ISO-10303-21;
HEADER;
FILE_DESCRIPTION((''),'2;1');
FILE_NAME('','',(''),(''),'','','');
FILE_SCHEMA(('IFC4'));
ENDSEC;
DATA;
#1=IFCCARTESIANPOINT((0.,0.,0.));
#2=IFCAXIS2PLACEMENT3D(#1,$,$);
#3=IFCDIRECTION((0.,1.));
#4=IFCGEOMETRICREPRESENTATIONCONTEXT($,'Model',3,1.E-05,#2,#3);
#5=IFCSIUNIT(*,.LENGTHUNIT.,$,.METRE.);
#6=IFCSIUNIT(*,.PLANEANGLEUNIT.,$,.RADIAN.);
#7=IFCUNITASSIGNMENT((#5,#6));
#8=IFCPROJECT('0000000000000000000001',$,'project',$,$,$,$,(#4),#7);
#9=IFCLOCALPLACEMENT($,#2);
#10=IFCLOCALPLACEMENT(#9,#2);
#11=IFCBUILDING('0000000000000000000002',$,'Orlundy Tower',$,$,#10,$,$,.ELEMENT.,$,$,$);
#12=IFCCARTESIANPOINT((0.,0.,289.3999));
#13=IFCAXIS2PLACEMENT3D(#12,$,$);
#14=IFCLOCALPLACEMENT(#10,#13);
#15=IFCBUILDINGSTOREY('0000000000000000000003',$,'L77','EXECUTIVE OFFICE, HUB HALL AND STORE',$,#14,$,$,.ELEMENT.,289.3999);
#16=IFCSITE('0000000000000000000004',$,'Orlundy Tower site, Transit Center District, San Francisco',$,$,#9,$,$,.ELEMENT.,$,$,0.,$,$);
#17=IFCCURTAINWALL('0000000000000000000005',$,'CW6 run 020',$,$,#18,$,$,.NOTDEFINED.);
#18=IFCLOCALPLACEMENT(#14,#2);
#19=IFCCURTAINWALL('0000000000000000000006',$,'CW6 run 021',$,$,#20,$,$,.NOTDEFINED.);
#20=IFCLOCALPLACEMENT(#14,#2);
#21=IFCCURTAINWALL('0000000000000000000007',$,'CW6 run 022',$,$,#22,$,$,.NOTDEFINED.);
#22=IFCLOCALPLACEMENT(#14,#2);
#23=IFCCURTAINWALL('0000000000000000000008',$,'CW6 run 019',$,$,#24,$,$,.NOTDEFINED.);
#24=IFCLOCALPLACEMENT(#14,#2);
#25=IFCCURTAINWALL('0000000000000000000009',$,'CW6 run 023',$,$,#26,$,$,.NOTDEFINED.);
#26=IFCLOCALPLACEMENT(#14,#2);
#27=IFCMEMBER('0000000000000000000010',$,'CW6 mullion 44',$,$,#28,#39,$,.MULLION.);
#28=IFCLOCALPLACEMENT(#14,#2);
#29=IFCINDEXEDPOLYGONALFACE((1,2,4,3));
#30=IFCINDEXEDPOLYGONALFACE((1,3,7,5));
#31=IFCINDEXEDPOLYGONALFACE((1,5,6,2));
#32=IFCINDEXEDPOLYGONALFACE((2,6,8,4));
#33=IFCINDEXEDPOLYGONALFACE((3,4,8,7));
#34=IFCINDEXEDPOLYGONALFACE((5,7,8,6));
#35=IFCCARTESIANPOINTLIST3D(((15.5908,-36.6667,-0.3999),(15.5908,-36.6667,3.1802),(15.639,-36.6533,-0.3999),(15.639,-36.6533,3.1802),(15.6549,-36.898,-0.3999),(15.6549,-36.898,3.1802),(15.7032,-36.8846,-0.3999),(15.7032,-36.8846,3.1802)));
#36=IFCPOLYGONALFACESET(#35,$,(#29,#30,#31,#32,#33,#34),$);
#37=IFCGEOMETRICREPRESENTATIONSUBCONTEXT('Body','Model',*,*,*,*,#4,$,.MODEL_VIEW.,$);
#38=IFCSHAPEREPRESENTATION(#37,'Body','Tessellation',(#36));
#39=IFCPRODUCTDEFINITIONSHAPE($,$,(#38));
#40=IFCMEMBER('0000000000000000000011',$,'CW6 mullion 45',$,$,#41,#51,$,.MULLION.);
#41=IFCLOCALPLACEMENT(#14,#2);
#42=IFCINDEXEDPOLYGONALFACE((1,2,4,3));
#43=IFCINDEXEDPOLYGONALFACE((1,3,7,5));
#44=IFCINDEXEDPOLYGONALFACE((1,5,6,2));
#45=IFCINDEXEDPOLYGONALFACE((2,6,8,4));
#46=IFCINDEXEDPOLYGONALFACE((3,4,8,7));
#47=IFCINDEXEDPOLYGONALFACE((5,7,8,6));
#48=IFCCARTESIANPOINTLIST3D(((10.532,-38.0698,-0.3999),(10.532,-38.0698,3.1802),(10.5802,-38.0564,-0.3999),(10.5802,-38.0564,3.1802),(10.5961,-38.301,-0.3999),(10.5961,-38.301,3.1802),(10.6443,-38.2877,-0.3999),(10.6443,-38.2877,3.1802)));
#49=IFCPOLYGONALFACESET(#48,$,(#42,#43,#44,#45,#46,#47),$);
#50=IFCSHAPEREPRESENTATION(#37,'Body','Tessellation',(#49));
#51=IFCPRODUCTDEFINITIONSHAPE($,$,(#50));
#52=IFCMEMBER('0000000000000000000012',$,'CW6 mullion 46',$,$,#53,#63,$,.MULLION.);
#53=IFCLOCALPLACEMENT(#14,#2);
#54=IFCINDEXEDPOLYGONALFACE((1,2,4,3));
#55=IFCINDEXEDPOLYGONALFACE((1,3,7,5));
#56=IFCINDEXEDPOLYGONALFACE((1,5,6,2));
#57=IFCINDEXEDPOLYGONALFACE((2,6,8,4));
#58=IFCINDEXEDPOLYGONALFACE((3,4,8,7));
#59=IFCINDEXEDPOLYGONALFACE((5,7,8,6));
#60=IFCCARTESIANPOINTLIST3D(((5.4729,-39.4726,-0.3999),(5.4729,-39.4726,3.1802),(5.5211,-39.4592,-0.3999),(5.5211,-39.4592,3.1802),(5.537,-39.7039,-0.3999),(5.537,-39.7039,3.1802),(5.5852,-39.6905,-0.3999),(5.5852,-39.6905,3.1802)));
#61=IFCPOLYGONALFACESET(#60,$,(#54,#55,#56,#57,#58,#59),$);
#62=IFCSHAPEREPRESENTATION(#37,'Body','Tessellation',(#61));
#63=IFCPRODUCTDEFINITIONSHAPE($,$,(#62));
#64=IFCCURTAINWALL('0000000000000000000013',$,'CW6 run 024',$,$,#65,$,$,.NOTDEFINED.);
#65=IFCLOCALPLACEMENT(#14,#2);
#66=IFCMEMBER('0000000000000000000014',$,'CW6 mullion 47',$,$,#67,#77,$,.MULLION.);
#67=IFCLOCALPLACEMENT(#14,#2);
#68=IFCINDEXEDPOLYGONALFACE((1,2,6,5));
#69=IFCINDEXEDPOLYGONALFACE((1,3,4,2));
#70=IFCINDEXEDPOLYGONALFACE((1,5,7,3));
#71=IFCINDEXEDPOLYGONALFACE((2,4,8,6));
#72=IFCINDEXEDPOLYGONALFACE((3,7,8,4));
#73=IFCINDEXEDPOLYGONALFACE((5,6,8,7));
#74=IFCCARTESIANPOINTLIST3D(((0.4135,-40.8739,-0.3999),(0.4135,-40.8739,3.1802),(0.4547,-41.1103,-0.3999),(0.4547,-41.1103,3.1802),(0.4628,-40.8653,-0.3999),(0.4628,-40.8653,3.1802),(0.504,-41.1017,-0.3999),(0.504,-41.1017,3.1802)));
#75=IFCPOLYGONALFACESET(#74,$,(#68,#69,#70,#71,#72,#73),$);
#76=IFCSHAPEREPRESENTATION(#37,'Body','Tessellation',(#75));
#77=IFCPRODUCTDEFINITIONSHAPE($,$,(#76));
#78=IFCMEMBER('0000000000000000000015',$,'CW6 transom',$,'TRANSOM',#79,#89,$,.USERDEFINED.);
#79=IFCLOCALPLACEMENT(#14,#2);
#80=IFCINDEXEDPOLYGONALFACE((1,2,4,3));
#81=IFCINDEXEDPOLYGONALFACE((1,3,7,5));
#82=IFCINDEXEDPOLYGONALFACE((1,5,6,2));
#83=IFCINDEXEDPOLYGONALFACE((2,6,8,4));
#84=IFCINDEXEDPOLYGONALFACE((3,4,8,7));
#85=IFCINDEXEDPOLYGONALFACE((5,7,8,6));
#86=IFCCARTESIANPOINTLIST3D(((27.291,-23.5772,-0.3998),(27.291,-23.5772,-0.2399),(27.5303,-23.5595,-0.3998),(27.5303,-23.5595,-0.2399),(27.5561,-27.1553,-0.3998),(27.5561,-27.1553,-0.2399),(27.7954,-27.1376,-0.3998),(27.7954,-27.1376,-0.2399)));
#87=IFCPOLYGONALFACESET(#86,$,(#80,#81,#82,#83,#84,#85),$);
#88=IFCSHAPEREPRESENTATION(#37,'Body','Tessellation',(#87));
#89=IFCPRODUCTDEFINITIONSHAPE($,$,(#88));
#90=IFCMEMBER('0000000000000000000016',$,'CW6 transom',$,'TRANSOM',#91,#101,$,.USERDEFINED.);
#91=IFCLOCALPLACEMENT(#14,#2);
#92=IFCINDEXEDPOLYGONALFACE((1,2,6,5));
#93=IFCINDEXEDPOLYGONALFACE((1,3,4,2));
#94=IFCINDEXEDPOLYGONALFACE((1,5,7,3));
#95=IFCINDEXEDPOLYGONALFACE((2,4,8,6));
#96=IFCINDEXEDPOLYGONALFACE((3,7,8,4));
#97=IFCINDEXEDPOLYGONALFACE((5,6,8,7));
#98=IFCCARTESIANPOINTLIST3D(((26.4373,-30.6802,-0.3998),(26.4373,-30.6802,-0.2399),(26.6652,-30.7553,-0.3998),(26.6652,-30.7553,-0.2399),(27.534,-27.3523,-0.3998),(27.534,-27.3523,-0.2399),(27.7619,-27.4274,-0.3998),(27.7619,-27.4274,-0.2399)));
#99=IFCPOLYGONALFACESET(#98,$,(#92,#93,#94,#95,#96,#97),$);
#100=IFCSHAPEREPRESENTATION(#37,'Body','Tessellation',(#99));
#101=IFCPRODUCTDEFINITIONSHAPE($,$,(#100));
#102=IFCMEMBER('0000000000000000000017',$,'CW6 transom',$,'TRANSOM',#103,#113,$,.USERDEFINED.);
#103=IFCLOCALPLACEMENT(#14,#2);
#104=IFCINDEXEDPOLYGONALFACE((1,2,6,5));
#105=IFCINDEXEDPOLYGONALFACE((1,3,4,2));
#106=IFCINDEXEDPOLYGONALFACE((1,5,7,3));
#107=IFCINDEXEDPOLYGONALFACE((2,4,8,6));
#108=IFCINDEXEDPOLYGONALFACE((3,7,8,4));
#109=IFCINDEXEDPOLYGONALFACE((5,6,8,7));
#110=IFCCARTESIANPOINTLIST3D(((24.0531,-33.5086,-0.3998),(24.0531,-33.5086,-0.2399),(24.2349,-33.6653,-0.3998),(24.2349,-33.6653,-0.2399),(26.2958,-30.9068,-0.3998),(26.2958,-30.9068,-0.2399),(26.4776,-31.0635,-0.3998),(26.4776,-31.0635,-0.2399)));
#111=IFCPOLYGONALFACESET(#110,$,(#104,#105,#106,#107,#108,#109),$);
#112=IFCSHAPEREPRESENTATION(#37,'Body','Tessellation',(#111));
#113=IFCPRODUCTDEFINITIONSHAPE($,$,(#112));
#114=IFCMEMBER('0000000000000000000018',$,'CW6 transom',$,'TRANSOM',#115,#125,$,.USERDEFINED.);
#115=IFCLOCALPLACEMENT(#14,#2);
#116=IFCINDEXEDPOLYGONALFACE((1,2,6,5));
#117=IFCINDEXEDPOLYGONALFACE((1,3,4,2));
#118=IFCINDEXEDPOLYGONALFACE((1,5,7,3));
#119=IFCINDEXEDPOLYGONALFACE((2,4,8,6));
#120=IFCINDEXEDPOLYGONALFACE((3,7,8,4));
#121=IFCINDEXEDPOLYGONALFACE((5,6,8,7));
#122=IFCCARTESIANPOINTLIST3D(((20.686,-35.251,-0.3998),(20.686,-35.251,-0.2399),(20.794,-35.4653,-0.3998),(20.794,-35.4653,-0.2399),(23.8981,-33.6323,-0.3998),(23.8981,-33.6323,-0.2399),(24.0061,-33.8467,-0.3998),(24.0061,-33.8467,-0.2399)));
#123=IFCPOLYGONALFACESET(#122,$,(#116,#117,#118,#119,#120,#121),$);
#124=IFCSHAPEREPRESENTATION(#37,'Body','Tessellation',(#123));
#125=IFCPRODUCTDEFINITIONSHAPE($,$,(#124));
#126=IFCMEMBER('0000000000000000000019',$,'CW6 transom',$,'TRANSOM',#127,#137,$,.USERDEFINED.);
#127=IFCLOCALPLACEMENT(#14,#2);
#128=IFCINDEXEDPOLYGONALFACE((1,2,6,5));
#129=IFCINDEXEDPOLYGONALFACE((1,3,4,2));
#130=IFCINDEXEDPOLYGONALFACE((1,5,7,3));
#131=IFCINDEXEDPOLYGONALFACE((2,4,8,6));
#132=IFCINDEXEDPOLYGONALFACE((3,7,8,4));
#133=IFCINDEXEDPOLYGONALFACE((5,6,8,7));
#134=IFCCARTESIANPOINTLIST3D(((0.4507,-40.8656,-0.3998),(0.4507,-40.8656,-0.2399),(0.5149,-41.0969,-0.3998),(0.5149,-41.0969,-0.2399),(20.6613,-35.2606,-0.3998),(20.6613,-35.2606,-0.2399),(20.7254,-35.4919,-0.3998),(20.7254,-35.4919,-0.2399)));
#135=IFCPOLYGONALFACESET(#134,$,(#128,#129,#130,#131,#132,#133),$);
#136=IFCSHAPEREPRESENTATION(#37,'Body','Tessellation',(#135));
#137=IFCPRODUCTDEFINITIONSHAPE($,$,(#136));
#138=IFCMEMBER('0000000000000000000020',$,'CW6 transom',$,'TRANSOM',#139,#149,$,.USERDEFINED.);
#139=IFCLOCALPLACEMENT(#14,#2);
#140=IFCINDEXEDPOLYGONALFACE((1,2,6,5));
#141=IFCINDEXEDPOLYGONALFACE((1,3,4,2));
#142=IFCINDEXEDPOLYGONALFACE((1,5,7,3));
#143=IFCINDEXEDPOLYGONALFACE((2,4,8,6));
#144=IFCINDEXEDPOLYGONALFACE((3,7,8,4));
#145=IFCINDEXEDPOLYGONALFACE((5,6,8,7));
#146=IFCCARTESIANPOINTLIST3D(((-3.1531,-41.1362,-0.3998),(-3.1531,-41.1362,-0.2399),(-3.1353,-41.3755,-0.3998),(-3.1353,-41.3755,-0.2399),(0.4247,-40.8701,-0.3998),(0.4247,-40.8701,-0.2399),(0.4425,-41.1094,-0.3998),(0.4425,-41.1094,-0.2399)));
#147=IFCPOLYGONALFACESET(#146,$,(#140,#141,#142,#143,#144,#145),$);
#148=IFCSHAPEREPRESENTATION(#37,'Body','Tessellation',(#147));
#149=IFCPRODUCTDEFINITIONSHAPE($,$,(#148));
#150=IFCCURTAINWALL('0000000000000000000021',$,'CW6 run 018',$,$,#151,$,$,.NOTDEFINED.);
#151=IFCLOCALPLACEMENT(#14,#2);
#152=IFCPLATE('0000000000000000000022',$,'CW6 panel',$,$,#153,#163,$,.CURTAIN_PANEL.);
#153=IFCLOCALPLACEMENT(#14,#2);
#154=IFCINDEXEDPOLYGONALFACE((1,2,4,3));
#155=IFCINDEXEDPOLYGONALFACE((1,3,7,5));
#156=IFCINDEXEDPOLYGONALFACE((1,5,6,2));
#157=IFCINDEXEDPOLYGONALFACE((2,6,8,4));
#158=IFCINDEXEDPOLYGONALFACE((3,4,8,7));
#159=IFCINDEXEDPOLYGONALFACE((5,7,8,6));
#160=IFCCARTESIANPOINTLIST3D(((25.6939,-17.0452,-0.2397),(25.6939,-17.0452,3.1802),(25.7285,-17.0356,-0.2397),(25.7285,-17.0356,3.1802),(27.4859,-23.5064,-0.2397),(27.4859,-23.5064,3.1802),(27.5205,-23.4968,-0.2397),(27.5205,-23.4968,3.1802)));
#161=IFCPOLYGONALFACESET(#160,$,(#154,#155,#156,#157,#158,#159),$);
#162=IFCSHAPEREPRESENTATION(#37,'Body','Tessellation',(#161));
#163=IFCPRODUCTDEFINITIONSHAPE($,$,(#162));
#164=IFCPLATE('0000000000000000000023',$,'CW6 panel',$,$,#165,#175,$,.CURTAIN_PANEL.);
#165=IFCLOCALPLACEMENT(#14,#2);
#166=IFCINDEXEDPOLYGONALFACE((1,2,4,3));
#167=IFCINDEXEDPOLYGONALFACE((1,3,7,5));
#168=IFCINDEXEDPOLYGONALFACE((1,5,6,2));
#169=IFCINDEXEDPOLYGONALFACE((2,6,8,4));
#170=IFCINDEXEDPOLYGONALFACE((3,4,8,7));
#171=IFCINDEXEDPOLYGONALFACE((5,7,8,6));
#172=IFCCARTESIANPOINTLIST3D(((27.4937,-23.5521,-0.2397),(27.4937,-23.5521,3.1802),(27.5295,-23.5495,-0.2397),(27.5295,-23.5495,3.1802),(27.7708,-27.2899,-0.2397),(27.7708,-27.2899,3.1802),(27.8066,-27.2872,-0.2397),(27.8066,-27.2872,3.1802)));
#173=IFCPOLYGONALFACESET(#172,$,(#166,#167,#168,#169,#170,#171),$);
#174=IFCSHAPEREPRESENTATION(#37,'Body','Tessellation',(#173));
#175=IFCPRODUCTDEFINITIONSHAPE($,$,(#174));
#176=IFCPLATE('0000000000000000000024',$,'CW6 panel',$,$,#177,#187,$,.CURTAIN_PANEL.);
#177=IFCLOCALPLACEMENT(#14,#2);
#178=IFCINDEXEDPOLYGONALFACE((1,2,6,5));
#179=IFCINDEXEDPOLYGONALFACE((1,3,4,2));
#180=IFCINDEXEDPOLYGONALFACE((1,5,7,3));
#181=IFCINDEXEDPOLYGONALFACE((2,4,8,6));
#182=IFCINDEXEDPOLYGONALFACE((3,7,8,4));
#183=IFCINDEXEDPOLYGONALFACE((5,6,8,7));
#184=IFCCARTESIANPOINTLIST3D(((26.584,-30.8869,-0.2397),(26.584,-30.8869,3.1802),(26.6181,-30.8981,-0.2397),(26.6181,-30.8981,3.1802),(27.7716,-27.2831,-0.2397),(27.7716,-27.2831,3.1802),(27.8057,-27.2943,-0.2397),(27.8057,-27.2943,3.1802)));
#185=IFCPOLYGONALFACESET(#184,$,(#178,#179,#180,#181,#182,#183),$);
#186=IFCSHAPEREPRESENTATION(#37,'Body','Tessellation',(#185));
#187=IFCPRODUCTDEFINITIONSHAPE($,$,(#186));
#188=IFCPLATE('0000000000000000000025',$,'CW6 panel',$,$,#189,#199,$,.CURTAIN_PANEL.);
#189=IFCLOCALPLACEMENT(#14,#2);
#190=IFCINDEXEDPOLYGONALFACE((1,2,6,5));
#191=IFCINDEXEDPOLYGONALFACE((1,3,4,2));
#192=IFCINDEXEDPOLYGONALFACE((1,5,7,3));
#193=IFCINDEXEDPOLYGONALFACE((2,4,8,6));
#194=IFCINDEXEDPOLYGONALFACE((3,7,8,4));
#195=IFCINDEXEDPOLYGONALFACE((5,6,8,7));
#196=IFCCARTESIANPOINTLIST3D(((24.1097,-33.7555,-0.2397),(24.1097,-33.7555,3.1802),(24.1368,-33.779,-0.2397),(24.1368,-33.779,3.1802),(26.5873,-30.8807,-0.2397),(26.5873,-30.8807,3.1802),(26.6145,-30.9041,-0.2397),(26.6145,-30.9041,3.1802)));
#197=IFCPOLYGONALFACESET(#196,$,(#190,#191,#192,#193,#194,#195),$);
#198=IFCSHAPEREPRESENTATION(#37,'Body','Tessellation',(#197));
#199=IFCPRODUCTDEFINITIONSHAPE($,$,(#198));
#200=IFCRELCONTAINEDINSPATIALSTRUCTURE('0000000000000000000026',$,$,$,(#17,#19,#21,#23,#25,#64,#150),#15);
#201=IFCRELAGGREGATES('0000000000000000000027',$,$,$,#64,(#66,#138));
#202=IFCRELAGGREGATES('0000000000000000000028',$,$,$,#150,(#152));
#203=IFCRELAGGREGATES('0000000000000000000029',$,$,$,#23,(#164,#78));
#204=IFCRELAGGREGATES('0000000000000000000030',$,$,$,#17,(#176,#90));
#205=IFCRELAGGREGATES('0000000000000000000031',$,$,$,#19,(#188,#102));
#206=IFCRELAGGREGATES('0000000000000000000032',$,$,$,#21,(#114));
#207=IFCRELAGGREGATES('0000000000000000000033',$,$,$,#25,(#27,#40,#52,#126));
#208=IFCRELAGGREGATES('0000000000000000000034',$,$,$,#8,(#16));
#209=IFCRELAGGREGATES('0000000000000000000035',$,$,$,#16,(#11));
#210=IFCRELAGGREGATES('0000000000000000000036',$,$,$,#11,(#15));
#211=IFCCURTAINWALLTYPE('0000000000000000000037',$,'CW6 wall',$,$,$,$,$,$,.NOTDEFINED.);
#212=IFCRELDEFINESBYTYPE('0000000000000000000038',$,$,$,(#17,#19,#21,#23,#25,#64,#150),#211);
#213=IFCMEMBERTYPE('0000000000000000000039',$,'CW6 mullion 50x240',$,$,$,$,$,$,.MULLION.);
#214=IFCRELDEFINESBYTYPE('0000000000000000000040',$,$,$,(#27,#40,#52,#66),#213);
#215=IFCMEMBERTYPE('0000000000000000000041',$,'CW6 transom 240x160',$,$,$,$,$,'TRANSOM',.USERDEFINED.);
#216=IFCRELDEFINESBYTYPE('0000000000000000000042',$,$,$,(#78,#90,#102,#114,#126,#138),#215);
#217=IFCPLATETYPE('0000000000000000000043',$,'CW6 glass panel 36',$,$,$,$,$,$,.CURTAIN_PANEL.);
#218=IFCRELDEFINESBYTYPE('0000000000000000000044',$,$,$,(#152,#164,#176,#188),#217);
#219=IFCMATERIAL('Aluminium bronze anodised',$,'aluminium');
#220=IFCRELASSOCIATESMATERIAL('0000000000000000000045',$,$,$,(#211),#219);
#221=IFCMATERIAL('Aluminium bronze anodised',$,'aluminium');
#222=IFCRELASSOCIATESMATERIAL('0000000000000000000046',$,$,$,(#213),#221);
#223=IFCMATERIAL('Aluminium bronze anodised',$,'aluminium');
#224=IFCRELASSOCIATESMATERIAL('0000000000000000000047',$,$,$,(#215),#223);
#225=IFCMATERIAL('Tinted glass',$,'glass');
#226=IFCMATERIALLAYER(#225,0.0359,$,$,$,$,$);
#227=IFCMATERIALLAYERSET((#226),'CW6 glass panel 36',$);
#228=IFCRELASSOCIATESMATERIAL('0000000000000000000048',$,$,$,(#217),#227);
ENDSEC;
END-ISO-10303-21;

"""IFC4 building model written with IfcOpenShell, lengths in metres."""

from ifc_helpers import new_model, si_unit, direction, frame, origin, origin_2d, place, context, subcontext, project, spatial, rectangle, extrude, material, layer, layer_set, material_profile, profile_set, type_object, element, aggregate, save


model = new_model("IFC4")

# Units and contexts
model_context = context("Model", 3, precision=1e-05, world=origin(), true_north=direction((0.0, 1.0)))
body_context = subcontext(model_context, "Body", "Model", "MODEL_VIEW")
ifc_project = project(units=[si_unit("LENGTHUNIT", "METRE"), si_unit("PLANEANGLEUNIT", "RADIAN")], contexts=[model_context])

# Site, building, storey
site_placement = place(None, origin())
site = spatial("IfcSite", under=ifc_project, at=site_placement, Name="Orlundy Tower site, Transit Center District, San Francisco", CompositionType="ELEMENT", RefElevation=0.0)
building_placement = place(site_placement, origin())
building = spatial("IfcBuilding", under=site, at=building_placement, Name="Orlundy Tower", CompositionType="ELEMENT")
storey_placement = place(building_placement, frame((0.0, 0.0, 289.3999)))
storey = spatial("IfcBuildingStorey", under=building, at=storey_placement, Name="L77", Description="EXECUTIVE OFFICE, HUB HALL AND STORE", CompositionType="ELEMENT", Elevation=289.3999)

# Curtain walls
ifc_material_1 = material(Name="Aluminium bronze anodised", Category="aluminium")
curtain_wall_type = type_object("IfcCurtainWallType", Name="CW6 wall", PredefinedType="NOTDEFINED", material=ifc_material_1)
curtain_wall_1_placement = place(storey_placement, origin())
curtain_wall_1 = element("IfcCurtainWall", 1, at=curtain_wall_1_placement, inside=storey, type_object=curtain_wall_type, Name="CW6 run 020", PredefinedType="NOTDEFINED")
curtain_wall_2_placement = place(storey_placement, origin())
curtain_wall_2 = element("IfcCurtainWall", 2, at=curtain_wall_2_placement, inside=storey, type_object=curtain_wall_type, Name="CW6 run 021", PredefinedType="NOTDEFINED")
curtain_wall_3_placement = place(storey_placement, origin())
curtain_wall_3 = element("IfcCurtainWall", 3, at=curtain_wall_3_placement, inside=storey, type_object=curtain_wall_type, Name="CW6 run 022", PredefinedType="NOTDEFINED")
curtain_wall_4_placement = place(storey_placement, origin())
curtain_wall_4 = element("IfcCurtainWall", 4, at=curtain_wall_4_placement, inside=storey, type_object=curtain_wall_type, Name="CW6 run 019", PredefinedType="NOTDEFINED")
ifc_material_2 = material(Name="Aluminium bronze anodised", Category="aluminium")
ifc_material_profile_1 = material_profile(ifc_material_2, rectangle(XDim=0.24, YDim=0.05, at=origin_2d()), Name="CW6 mullion 50x240")
ifc_profile_set_1 = profile_set([ifc_material_profile_1], Name="Aluminium bronze anodised")
member_type_1 = type_object("IfcMemberType", Name="CW6 mullion 50x240", PredefinedType="MULLION", material=ifc_profile_set_1)

# Curtain wall, members
curtain_wall_5_placement = place(storey_placement, origin())
curtain_wall_5 = element("IfcCurtainWall", 5, at=curtain_wall_5_placement, inside=storey, type_object=curtain_wall_type, Name="CW6 run 023", PredefinedType="NOTDEFINED")
member_1_placement = place(storey_placement, frame((15.647, -36.7756, -0.3999), z_axis=(0.0, 0.0, 1.0), x_axis=(0.267241, -0.96363, 0.0)))
member_1 = element("IfcMember", 6, at=member_1_placement, type_object=member_type_1, Name="CW6 mullion 44", PredefinedType="MULLION", context=body_context, shape_type="SweptSolid", body=[
    extrude(rectangle(XDim=0.24, YDim=0.05, at=origin_2d()), origin(), (0.0, 0.0, 1.0), 3.5801),
])
member_2_placement = place(storey_placement, frame((10.5881, -38.1787, -0.3999), z_axis=(0.0, 0.0, 1.0), x_axis=(0.267241, -0.96363, 0.0)))
member_2 = element("IfcMember", 7, at=member_2_placement, type_object=member_type_1, Name="CW6 mullion 45", PredefinedType="MULLION", context=body_context, shape_type="SweptSolid", body=[
    extrude(rectangle(XDim=0.24, YDim=0.05, at=origin_2d()), origin(), (0.0, 0.0, 1.0), 3.5801),
])
member_3_placement = place(storey_placement, frame((5.5291, -39.5815, -0.3999), z_axis=(0.0, 0.0, 1.0), x_axis=(0.267241, -0.96363, 0.0)))
member_3 = element("IfcMember", 8, at=member_3_placement, type_object=member_type_1, Name="CW6 mullion 46", PredefinedType="MULLION", context=body_context, shape_type="SweptSolid", body=[
    extrude(rectangle(XDim=0.24, YDim=0.05, at=origin_2d()), origin(), (0.0, 0.0, 1.0), 3.5801),
])

# Curtain wall, member
curtain_wall_6_placement = place(storey_placement, origin())
curtain_wall_6 = element("IfcCurtainWall", 9, at=curtain_wall_6_placement, inside=storey, type_object=curtain_wall_type, Name="CW6 run 024", PredefinedType="NOTDEFINED")
member_4_placement = place(storey_placement, frame((0.4587, -40.9878, -0.3999), z_axis=(0.0, 0.0, 1.0), x_axis=(0.171536, -0.985178, 0.0)))
member_4 = element("IfcMember", 10, at=member_4_placement, type_object=member_type_1, Name="CW6 mullion 47", PredefinedType="MULLION", context=body_context, shape_type="SweptSolid", body=[
    extrude(rectangle(XDim=0.24, YDim=0.05, at=origin_2d()), origin(), (0.0, 0.0, 1.0), 3.5801),
])

# Members
ifc_material_3 = material(Name="Aluminium bronze anodised", Category="aluminium")
ifc_material_profile_2 = material_profile(ifc_material_3, rectangle(XDim=0.24, YDim=0.1599, at=origin_2d()), Name="CW6 transom 240x160")
ifc_profile_set_2 = profile_set([ifc_material_profile_2], Name="Aluminium bronze anodised")
member_type_2 = type_object("IfcMemberType", Name="CW6 transom 240x160", ElementType="TRANSOM", PredefinedType="USERDEFINED", material=ifc_profile_set_2)
member_5_placement = place(storey_placement, frame((27.4106, -23.5684, -0.3198), z_axis=(0.073897, -0.997266, 0.0), x_axis=(0.997266, 0.073897, 0.0)))
member_5 = element("IfcMember", 11, at=member_5_placement, type_object=member_type_2, Name="CW6 transom", ObjectType="TRANSOM", PredefinedType="USERDEFINED", context=body_context, shape_type="SweptSolid", body=[
    extrude(rectangle(XDim=0.24, YDim=0.1599, at=origin_2d()), origin(), (0.0, 0.0, 1.0), 3.5879),
])
member_6_placement = place(storey_placement, frame((27.6479, -27.3899, -0.3198), z_axis=(-0.312986, -0.949758, 0.0), x_axis=(0.949758, -0.312986, 0.0)))
member_6 = element("IfcMember", 12, at=member_6_placement, type_object=member_type_2, Name="CW6 transom", ObjectType="TRANSOM", PredefinedType="USERDEFINED", context=body_context, shape_type="SweptSolid", body=[
    extrude(rectangle(XDim=0.24, YDim=0.1599, at=origin_2d()), origin(), (0.0, 0.0, 1.0), 3.5039),
])
member_7_placement = place(storey_placement, frame((26.3867, -30.9851, -0.3198), z_axis=(-0.652896, -0.757448, 0.0), x_axis=(0.757448, -0.652896, 0.0)))
member_7 = element("IfcMember", 13, at=member_7_placement, type_object=member_type_2, Name="CW6 transom", ObjectType="TRANSOM", PredefinedType="USERDEFINED", context=body_context, shape_type="SweptSolid", body=[
    extrude(rectangle(XDim=0.24, YDim=0.1599, at=origin_2d()), origin(), (0.0, 0.0, 1.0), 3.4351),
])
member_8_placement = place(storey_placement, frame((23.9521, -33.7395, -0.3198), z_axis=(-0.893025, -0.450008, 0.0), x_axis=(0.450008, -0.893025, 0.0)))
member_8 = element("IfcMember", 14, at=member_8_placement, type_object=member_type_2, Name="CW6 transom", ObjectType="TRANSOM", PredefinedType="USERDEFINED", context=body_context, shape_type="SweptSolid", body=[
    extrude(rectangle(XDim=0.24, YDim=0.1599, at=origin_2d()), origin(), (0.0, 0.0, 1.0), 3.5969),
])
member_9_placement = place(storey_placement, frame((20.6934, -35.3762, -0.3198), z_axis=(-0.963629, -0.267244, 0.0), x_axis=(0.267244, -0.963629, 0.0)))
member_9 = element("IfcMember", 15, at=member_9_placement, type_object=member_type_2, Name="CW6 transom", ObjectType="TRANSOM", PredefinedType="USERDEFINED", context=body_context, shape_type="SweptSolid", body=[
    extrude(rectangle(XDim=0.24, YDim=0.1599, at=origin_2d()), origin(), (0.0, 0.0, 1.0), 20.9734),
])
member_10_placement = place(storey_placement, frame((0.4336, -40.9897, -0.3198), z_axis=(-0.997245, -0.074172, 0.0), x_axis=(0.074172, -0.997245, 0.0)))
member_10 = element("IfcMember", 16, at=member_10_placement, type_object=member_type_2, Name="CW6 transom", ObjectType="TRANSOM", PredefinedType="USERDEFINED", context=body_context, shape_type="SweptSolid", body=[
    extrude(rectangle(XDim=0.24, YDim=0.1599, at=origin_2d()), origin(), (0.0, 0.0, 1.0), 3.5876),
])
aggregate(curtain_wall_6, [member_4, member_10])

# Curtain wall, plate
curtain_wall_7_placement = place(storey_placement, origin())
curtain_wall_7 = element("IfcCurtainWall", 17, at=curtain_wall_7_placement, inside=storey, type_object=curtain_wall_type, Name="CW6 run 018", PredefinedType="NOTDEFINED")
ifc_material_4 = material(Name="Tinted glass", Category="glass")
ifc_layer_1 = layer(ifc_material_4, 0.0359)
ifc_layer_set_1 = layer_set([ifc_layer_1], Name="CW6 glass panel 36")
plate_type = type_object("IfcPlateType", Name="CW6 glass panel 36", PredefinedType="CURTAIN_PANEL", material=ifc_layer_set_1)
plate_1_placement = place(storey_placement, frame((26.6072, -20.271, -0.2397), z_axis=(0.0, 0.0, 1.0), x_axis=(0.267256, -0.963626, 0.0)))
plate_1 = element("IfcPlate", 18, at=plate_1_placement, type_object=plate_type, Name="CW6 panel", PredefinedType="CURTAIN_PANEL", context=body_context, shape_type="SweptSolid", body=[
    extrude(rectangle(XDim=6.7051, YDim=0.0359, at=origin_2d()), origin(), (0.0, 0.0, 1.0), 3.4199),
])
aggregate(curtain_wall_7, [plate_1])

# Plates
plate_2_placement = place(storey_placement, frame((27.6501, -25.4197, -0.2397), z_axis=(0.0, 0.0, 1.0), x_axis=(0.073911, -0.997265, 0.0)))
plate_2 = element("IfcPlate", 19, at=plate_2_placement, type_object=plate_type, Name="CW6 panel", PredefinedType="CURTAIN_PANEL", context=body_context, shape_type="SweptSolid", body=[
    extrude(rectangle(XDim=3.748, YDim=0.0359, at=origin_2d()), origin(), (0.0, 0.0, 1.0), 3.4199),
])
aggregate(curtain_wall_4, [plate_2, member_5])
plate_3_placement = place(storey_placement, frame((27.1948, -29.0906, -0.2397), z_axis=(0.0, 0.0, 1.0), x_axis=(-0.312988, -0.949757, 0.0)))
plate_3 = element("IfcPlate", 20, at=plate_3_placement, type_object=plate_type, Name="CW6 panel", PredefinedType="CURTAIN_PANEL", context=body_context, shape_type="SweptSolid", body=[
    extrude(rectangle(XDim=3.7944, YDim=0.0359, at=origin_2d()), origin(), (0.0, 0.0, 1.0), 3.4199),
])
aggregate(curtain_wall_1, [plate_3, member_6])
plate_4_placement = place(storey_placement, frame((25.3621, -32.3298, -0.2397), z_axis=(0.0, 0.0, 1.0), x_axis=(-0.652833, -0.757502, 0.0)))
plate_4 = element("IfcPlate", 21, at=plate_4_placement, type_object=plate_type, Name="CW6 panel", PredefinedType="CURTAIN_PANEL", context=body_context, shape_type="SweptSolid", body=[
    extrude(rectangle(XDim=3.7952, YDim=0.0359, at=origin_2d()), origin(), (0.0, 0.0, 1.0), 3.4199),
])
aggregate(curtain_wall_2, [plate_4, member_7])
aggregate(curtain_wall_3, [member_8])
aggregate(curtain_wall_5, [member_1, member_2, member_3, member_9])

save(model, "model.ifc")
